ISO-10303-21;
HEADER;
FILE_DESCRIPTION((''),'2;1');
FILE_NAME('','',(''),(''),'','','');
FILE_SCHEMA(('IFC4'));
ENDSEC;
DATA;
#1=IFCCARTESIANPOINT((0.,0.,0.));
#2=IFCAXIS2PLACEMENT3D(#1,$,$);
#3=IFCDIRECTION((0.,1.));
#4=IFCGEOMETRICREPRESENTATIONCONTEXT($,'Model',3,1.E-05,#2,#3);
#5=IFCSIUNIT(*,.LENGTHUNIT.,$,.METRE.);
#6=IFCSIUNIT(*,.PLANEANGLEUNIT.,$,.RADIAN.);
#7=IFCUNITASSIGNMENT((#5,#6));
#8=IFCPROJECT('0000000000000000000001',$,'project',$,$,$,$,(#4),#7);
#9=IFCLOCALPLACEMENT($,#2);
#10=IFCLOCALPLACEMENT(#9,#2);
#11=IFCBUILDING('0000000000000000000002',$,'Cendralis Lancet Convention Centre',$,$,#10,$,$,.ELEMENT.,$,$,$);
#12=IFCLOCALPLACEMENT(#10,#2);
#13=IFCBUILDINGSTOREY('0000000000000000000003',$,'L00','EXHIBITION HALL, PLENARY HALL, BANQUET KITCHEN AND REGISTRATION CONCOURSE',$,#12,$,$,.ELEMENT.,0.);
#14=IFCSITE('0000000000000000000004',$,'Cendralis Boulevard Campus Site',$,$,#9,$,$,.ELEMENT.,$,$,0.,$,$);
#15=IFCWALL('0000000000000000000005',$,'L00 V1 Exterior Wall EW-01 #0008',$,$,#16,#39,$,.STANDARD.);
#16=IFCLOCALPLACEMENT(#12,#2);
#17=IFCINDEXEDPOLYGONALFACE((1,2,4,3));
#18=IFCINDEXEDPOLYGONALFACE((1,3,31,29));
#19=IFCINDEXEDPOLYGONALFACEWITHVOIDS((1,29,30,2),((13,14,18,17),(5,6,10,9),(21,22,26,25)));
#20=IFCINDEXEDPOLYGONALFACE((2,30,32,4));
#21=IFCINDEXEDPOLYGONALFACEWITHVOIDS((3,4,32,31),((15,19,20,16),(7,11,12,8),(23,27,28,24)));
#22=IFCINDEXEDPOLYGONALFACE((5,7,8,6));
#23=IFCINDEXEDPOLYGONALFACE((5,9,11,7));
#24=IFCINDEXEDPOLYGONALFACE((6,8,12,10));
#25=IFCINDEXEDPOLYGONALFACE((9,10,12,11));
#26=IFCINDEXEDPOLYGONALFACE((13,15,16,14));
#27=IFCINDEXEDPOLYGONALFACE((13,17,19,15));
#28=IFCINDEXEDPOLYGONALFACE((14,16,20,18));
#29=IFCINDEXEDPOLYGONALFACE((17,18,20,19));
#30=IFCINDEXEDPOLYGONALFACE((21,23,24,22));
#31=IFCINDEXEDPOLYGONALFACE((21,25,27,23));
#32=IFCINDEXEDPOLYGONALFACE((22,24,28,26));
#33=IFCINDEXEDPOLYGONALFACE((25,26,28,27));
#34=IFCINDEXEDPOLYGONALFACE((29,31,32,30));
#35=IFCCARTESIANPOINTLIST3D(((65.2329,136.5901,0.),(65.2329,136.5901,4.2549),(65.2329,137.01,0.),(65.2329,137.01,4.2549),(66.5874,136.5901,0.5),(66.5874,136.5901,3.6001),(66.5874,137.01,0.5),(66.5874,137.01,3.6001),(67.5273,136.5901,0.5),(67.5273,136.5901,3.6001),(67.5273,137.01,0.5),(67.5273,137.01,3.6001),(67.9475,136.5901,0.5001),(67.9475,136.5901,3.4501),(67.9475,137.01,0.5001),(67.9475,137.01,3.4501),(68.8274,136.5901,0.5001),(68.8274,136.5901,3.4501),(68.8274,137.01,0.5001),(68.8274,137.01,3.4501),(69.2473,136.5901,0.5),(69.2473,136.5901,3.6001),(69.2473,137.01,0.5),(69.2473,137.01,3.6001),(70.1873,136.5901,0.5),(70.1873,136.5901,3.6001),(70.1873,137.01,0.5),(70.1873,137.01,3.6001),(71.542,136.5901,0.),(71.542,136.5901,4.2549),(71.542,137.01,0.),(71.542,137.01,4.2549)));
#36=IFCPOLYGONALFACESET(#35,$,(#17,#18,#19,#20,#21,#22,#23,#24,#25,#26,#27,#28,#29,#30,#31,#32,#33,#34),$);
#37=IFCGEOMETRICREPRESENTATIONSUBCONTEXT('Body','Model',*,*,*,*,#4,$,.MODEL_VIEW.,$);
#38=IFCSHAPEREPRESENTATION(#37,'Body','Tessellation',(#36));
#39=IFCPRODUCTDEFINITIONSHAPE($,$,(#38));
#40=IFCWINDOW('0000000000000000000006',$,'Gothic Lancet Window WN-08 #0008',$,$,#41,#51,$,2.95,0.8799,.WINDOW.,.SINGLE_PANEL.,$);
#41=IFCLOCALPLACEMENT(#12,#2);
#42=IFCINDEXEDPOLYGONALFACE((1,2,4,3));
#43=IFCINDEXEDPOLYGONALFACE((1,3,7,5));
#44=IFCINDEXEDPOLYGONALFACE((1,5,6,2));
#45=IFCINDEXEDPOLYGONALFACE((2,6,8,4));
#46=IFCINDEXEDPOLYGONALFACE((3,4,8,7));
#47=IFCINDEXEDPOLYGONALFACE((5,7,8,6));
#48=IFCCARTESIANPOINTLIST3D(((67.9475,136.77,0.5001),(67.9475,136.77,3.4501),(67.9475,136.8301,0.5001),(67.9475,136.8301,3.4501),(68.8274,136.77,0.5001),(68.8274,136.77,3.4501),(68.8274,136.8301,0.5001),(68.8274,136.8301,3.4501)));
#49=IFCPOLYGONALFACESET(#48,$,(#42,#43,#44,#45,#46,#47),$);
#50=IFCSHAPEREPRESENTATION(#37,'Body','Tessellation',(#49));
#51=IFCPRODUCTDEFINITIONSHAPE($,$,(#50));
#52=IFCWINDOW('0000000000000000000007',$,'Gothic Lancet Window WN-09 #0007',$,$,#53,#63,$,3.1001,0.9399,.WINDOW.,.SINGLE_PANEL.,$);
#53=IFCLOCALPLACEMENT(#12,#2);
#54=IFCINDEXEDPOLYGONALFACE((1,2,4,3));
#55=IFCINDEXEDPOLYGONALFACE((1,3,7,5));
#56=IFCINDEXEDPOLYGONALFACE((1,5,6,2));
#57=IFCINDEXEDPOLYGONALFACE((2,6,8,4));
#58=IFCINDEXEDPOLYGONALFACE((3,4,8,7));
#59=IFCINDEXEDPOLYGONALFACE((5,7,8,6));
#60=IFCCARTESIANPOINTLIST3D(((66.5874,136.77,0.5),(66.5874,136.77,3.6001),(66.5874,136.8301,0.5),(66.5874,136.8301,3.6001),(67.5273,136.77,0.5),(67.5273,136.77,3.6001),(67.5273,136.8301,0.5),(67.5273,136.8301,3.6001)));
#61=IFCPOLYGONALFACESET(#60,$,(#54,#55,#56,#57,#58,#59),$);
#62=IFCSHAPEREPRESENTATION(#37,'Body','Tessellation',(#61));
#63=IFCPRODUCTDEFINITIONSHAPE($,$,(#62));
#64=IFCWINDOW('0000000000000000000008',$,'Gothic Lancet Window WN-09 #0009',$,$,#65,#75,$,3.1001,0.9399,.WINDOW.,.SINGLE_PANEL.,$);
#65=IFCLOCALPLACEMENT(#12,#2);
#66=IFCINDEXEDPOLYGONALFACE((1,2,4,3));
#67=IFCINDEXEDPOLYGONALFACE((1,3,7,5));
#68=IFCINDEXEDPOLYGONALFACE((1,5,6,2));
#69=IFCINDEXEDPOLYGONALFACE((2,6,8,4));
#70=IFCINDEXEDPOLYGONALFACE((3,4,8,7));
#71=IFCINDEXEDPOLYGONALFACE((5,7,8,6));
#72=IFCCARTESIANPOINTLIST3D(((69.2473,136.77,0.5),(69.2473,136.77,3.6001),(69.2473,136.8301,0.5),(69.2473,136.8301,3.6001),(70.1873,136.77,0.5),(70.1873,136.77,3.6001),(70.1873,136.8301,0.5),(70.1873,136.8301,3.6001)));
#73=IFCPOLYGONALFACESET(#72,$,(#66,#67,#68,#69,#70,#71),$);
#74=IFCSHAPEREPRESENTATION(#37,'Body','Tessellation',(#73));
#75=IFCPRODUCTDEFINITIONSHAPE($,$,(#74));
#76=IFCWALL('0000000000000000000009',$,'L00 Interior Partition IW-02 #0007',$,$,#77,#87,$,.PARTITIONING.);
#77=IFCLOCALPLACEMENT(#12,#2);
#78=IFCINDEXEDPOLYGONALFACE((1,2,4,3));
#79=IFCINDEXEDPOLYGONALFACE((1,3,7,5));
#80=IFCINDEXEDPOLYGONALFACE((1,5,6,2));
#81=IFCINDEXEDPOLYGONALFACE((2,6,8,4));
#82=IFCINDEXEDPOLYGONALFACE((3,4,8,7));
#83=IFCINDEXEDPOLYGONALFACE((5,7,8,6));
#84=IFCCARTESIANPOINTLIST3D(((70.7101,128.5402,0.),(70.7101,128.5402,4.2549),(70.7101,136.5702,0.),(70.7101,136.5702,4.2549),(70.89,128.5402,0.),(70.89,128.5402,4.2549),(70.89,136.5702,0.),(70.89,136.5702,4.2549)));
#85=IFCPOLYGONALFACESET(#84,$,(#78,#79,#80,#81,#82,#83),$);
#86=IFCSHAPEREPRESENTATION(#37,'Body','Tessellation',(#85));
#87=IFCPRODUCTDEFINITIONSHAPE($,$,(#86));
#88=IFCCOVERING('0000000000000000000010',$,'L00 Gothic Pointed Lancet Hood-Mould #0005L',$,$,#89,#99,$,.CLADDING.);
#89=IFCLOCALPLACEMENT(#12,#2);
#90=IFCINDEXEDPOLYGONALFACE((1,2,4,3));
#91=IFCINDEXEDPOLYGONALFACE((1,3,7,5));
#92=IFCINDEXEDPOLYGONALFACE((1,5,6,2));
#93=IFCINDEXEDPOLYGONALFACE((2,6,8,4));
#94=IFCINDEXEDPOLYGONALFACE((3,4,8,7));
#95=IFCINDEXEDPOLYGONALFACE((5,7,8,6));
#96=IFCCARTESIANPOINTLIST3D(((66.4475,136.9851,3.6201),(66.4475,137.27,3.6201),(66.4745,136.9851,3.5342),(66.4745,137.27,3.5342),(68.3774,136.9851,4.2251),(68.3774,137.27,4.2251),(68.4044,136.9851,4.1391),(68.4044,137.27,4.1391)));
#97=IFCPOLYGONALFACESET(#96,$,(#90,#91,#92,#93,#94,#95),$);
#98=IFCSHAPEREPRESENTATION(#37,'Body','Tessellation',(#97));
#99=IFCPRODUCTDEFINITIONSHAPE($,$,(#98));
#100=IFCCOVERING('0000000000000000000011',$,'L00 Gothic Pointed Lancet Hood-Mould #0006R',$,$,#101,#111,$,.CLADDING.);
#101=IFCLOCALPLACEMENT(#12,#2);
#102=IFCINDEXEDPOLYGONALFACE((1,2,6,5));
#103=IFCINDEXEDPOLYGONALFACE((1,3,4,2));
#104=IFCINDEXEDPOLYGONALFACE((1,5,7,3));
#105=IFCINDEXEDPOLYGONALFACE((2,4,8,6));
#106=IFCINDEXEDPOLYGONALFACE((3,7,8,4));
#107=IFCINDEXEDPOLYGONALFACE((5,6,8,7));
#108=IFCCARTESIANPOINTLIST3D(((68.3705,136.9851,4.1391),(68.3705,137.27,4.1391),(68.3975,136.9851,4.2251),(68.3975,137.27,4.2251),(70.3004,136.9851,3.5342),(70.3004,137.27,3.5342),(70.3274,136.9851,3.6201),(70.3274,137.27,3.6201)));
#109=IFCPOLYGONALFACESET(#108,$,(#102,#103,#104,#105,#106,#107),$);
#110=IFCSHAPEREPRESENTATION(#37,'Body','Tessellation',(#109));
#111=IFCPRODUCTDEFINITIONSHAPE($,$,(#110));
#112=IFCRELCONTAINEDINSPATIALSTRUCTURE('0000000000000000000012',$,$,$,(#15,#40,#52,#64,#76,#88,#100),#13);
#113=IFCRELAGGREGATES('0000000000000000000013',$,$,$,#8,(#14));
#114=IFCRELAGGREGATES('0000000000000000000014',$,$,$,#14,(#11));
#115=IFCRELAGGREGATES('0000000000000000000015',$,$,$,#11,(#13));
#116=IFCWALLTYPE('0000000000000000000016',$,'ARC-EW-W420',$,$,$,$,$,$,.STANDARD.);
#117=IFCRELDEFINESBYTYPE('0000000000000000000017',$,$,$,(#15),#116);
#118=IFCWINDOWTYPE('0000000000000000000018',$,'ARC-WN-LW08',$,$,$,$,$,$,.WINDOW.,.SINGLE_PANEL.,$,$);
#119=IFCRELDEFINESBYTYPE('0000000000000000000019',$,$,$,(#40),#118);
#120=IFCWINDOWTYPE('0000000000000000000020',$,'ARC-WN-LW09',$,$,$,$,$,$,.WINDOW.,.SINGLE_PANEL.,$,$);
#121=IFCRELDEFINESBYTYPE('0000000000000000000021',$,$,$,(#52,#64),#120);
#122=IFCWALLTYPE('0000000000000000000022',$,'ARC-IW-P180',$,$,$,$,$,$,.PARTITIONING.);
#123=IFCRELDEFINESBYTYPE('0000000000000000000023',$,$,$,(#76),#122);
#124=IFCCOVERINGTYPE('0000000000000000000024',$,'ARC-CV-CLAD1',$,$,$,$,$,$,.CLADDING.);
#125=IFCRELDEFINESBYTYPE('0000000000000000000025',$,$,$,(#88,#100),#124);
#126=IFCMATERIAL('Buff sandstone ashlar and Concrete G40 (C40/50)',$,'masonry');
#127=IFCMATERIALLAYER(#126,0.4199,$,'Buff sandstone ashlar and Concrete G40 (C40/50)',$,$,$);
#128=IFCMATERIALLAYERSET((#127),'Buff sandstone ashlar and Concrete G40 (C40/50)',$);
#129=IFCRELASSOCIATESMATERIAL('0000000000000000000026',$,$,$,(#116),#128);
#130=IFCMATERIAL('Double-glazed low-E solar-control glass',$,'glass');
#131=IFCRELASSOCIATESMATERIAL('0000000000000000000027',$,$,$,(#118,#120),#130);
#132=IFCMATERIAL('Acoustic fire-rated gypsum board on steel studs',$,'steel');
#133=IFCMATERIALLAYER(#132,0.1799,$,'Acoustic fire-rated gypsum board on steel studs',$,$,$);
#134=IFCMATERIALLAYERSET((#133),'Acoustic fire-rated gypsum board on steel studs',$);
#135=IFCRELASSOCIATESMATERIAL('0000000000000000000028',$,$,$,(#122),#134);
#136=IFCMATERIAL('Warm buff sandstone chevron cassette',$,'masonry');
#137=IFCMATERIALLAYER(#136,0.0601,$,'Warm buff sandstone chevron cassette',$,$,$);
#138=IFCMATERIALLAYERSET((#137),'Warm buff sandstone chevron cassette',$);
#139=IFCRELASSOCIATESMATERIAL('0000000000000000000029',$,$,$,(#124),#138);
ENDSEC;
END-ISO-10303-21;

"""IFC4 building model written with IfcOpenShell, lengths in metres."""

from ifc_helpers import new_model, si_unit, direction, frame, frame_2d, origin, place, context, subcontext, project, spatial, polyline, rectangle, outline, extrude, material, layer, layer_set, type_object, element, fill, save


model = new_model("IFC4")

# Units and contexts
model_context = context("Model", 3, precision=1e-05, world=origin(), true_north=direction((0.0, 1.0)))
body_context = subcontext(model_context, "Body", "Model", "MODEL_VIEW")
ifc_project = project(units=[si_unit("LENGTHUNIT", "METRE"), si_unit("PLANEANGLEUNIT", "RADIAN")], contexts=[model_context])

# Site, building, storey
site_placement = place(None, origin())
site = spatial("IfcSite", under=ifc_project, at=site_placement, Name="Cendralis Boulevard Campus Site", CompositionType="ELEMENT", RefElevation=0.0)
building_placement = place(site_placement, origin())
building = spatial("IfcBuilding", under=site, at=building_placement, Name="Cendralis Lancet Convention Centre", CompositionType="ELEMENT")
storey_placement = place(building_placement, origin())
storey = spatial("IfcBuildingStorey", under=building, at=storey_placement, Name="L00", Description="EXHIBITION HALL, PLENARY HALL, BANQUET KITCHEN AND REGISTRATION CONCOURSE", CompositionType="ELEMENT", Elevation=0.0)

# Wall, openings, windows
ifc_material_1 = material(Name="Buff sandstone ashlar and Concrete G40 (C40/50)", Category="masonry")
ifc_layer_1 = layer(ifc_material_1, 0.4199, Name="Buff sandstone ashlar and Concrete G40 (C40/50)")
ifc_layer_set_1 = layer_set([ifc_layer_1], Name="Buff sandstone ashlar and Concrete G40 (C40/50)")
wall_type_1 = type_object("IfcWallType", Name="ARC-EW-W420", PredefinedType="STANDARD", material=ifc_layer_set_1)
wall_1_placement = place(storey_placement, frame((65.2329, 136.8, 0.0), z_axis=(0.0, 0.0, 1.0), x_axis=(1.0, 0.0, 0.0)))
wall_1 = element("IfcWall", 1, at=wall_1_placement, inside=storey, type_object=wall_type_1, Name="L00 V1 Exterior Wall EW-01 #0008", PredefinedType="STANDARD", context=body_context, shape_type="SweptSolid", body=[
    extrude(rectangle(XDim=6.3091, YDim=0.4199, at=frame_2d((3.1545, 0.0))), origin(), (0.0, 0.0, 1.0), 4.2549),
])
opening_1_placement = place(wall_1_placement, frame((1.3545, 0.0, 0.5)))
opening_1 = element("IfcOpeningElement", 2, at=opening_1_placement, cuts=wall_1, PredefinedType="OPENING", context=body_context, shape_type="SweptSolid", body=[
    extrude(rectangle(XDim=0.9399, YDim=3.1001, at=frame_2d((0.47, 1.55))), frame((0.0, 0.22, 0.0), z_axis=(0.0, -1.0, 0.0), x_axis=(1.0, 0.0, 0.0)), (0.0, 0.0, 1.0), 0.4399),
])
opening_2_placement = place(wall_1_placement, frame((2.7146, 0.0, 0.5)))
opening_2 = element("IfcOpeningElement", 3, at=opening_2_placement, cuts=wall_1, PredefinedType="OPENING", context=body_context, shape_type="SweptSolid", body=[
    extrude(rectangle(XDim=0.8799, YDim=2.95, at=frame_2d((0.4399, 1.4751))), frame((0.0, 0.22, 0.0), z_axis=(0.0, -1.0, 0.0), x_axis=(1.0, 0.0, 0.0)), (0.0, 0.0, 1.0), 0.4399),
])
opening_3_placement = place(wall_1_placement, frame((4.0144, 0.0, 0.5)))
opening_3 = element("IfcOpeningElement", 4, at=opening_3_placement, cuts=wall_1, PredefinedType="OPENING", context=body_context, shape_type="SweptSolid", body=[
    extrude(rectangle(XDim=0.9399, YDim=3.1001, at=frame_2d((0.47, 1.55))), frame((0.0, 0.22, 0.0), z_axis=(0.0, -1.0, 0.0), x_axis=(1.0, 0.0, 0.0)), (0.0, 0.0, 1.0), 0.4399),
])
ifc_material_2 = material(Name="Double-glazed low-E solar-control glass", Category="glass")
window_type_1 = type_object("IfcWindowType", Name="ARC-WN-LW08", PartitioningType="SINGLE_PANEL", PredefinedType="WINDOW", material=ifc_material_2)
window_1_placement = place(opening_2_placement, origin())
window_1 = element("IfcWindow", 5, at=window_1_placement, inside=storey, type_object=window_type_1, Name="Gothic Lancet Window WN-08 #0008", OverallHeight=2.95, OverallWidth=0.8799, PartitioningType="SINGLE_PANEL", PredefinedType="WINDOW", context=body_context, shape_type="SweptSolid", body=[
    extrude(rectangle(XDim=0.8799, YDim=2.95, at=frame_2d((0.4399, 1.4751))), frame((0.0, 0.03, 0.0), z_axis=(0.0, -1.0, 0.0), x_axis=(1.0, 0.0, 0.0)), (0.0, 0.0, 1.0), 0.0601),
])
fill(opening_2, window_1)
window_type_2 = type_object("IfcWindowType", Name="ARC-WN-LW09", PartitioningType="SINGLE_PANEL", PredefinedType="WINDOW", material=ifc_material_2)
window_2_placement = place(opening_1_placement, origin())
window_2 = element("IfcWindow", 6, at=window_2_placement, inside=storey, type_object=window_type_2, Name="Gothic Lancet Window WN-09 #0007", OverallHeight=3.1001, OverallWidth=0.9399, PartitioningType="SINGLE_PANEL", PredefinedType="WINDOW", context=body_context, shape_type="SweptSolid", body=[
    extrude(rectangle(XDim=0.9399, YDim=3.1001, at=frame_2d((0.47, 1.55))), frame((0.0, 0.03, 0.0), z_axis=(0.0, -1.0, 0.0), x_axis=(1.0, 0.0, 0.0)), (0.0, 0.0, 1.0), 0.0601),
])
fill(opening_1, window_2)
window_3_placement = place(opening_3_placement, origin())
window_3 = element("IfcWindow", 7, at=window_3_placement, inside=storey, type_object=window_type_2, Name="Gothic Lancet Window WN-09 #0009", OverallHeight=3.1001, OverallWidth=0.9399, PartitioningType="SINGLE_PANEL", PredefinedType="WINDOW", context=body_context, shape_type="SweptSolid", body=[
    extrude(rectangle(XDim=0.9399, YDim=3.1001, at=frame_2d((0.47, 1.55))), frame((0.0, 0.03, 0.0), z_axis=(0.0, -1.0, 0.0), x_axis=(1.0, 0.0, 0.0)), (0.0, 0.0, 1.0), 0.0601),
])
fill(opening_3, window_3)

# Wall
ifc_material_3 = material(Name="Acoustic fire-rated gypsum board on steel studs", Category="steel")
ifc_layer_2 = layer(ifc_material_3, 0.1799, Name="Acoustic fire-rated gypsum board on steel studs")
ifc_layer_set_2 = layer_set([ifc_layer_2], Name="Acoustic fire-rated gypsum board on steel studs")
wall_type_2 = type_object("IfcWallType", Name="ARC-IW-P180", PredefinedType="PARTITIONING", material=ifc_layer_set_2)
wall_2_placement = place(storey_placement, frame((70.8, 128.54, 0.0), z_axis=(0.0, 0.0, 1.0), x_axis=(0.0, 1.0, 0.0)))
element("IfcWall", 8, at=wall_2_placement, inside=storey, type_object=wall_type_2, Name="L00 Interior Partition IW-02 #0007", PredefinedType="PARTITIONING", context=body_context, shape_type="SweptSolid", body=[
    extrude(rectangle(XDim=8.03, YDim=0.1799, at=frame_2d((4.0151, 0.0))), origin(), (0.0, 0.0, 1.0), 4.2549),
])

# Coverings
ifc_material_4 = material(Name="Warm buff sandstone chevron cassette", Category="masonry")
ifc_layer_3 = layer(ifc_material_4, 0.0601, Name="Warm buff sandstone chevron cassette")
ifc_layer_set_3 = layer_set([ifc_layer_3], Name="Warm buff sandstone chevron cassette")
covering_type = type_object("IfcCoveringType", Name="ARC-CV-CLAD1", PredefinedType="CLADDING", material=ifc_layer_set_3)
for number, where, z_axis, x_axis, name in (
    (9, (66.4475, 137.27, 3.6201), (-0.29912, 0.0, 0.954215), (0.0, -1.0, 0.0), "L00 Gothic Pointed Lancet Hood-Mould #0005L"),
    (10, (68.3975, 137.27, 4.2251), (0.29912, 0.0, 0.954215), (0.0, -1.0, 0.0), "L00 Gothic Pointed Lancet Hood-Mould #0006R"),
):
    element("IfcCovering", number, at=place(storey_placement, frame(where, z_axis=z_axis, x_axis=x_axis)), inside=storey, type_object=covering_type, Name=name, PredefinedType="CLADDING", context=body_context, shape_type="SweptSolid", body=[
        extrude(outline(polyline([(0.0, 0.0), (0.2849, 0.0), (0.2849, 2.0225), (0.0, 2.0225), (0.0, 0.0)])), origin(), (0.0, 0.0, -1.0), 0.0901),
    ])

save(model, "model.ifc")
